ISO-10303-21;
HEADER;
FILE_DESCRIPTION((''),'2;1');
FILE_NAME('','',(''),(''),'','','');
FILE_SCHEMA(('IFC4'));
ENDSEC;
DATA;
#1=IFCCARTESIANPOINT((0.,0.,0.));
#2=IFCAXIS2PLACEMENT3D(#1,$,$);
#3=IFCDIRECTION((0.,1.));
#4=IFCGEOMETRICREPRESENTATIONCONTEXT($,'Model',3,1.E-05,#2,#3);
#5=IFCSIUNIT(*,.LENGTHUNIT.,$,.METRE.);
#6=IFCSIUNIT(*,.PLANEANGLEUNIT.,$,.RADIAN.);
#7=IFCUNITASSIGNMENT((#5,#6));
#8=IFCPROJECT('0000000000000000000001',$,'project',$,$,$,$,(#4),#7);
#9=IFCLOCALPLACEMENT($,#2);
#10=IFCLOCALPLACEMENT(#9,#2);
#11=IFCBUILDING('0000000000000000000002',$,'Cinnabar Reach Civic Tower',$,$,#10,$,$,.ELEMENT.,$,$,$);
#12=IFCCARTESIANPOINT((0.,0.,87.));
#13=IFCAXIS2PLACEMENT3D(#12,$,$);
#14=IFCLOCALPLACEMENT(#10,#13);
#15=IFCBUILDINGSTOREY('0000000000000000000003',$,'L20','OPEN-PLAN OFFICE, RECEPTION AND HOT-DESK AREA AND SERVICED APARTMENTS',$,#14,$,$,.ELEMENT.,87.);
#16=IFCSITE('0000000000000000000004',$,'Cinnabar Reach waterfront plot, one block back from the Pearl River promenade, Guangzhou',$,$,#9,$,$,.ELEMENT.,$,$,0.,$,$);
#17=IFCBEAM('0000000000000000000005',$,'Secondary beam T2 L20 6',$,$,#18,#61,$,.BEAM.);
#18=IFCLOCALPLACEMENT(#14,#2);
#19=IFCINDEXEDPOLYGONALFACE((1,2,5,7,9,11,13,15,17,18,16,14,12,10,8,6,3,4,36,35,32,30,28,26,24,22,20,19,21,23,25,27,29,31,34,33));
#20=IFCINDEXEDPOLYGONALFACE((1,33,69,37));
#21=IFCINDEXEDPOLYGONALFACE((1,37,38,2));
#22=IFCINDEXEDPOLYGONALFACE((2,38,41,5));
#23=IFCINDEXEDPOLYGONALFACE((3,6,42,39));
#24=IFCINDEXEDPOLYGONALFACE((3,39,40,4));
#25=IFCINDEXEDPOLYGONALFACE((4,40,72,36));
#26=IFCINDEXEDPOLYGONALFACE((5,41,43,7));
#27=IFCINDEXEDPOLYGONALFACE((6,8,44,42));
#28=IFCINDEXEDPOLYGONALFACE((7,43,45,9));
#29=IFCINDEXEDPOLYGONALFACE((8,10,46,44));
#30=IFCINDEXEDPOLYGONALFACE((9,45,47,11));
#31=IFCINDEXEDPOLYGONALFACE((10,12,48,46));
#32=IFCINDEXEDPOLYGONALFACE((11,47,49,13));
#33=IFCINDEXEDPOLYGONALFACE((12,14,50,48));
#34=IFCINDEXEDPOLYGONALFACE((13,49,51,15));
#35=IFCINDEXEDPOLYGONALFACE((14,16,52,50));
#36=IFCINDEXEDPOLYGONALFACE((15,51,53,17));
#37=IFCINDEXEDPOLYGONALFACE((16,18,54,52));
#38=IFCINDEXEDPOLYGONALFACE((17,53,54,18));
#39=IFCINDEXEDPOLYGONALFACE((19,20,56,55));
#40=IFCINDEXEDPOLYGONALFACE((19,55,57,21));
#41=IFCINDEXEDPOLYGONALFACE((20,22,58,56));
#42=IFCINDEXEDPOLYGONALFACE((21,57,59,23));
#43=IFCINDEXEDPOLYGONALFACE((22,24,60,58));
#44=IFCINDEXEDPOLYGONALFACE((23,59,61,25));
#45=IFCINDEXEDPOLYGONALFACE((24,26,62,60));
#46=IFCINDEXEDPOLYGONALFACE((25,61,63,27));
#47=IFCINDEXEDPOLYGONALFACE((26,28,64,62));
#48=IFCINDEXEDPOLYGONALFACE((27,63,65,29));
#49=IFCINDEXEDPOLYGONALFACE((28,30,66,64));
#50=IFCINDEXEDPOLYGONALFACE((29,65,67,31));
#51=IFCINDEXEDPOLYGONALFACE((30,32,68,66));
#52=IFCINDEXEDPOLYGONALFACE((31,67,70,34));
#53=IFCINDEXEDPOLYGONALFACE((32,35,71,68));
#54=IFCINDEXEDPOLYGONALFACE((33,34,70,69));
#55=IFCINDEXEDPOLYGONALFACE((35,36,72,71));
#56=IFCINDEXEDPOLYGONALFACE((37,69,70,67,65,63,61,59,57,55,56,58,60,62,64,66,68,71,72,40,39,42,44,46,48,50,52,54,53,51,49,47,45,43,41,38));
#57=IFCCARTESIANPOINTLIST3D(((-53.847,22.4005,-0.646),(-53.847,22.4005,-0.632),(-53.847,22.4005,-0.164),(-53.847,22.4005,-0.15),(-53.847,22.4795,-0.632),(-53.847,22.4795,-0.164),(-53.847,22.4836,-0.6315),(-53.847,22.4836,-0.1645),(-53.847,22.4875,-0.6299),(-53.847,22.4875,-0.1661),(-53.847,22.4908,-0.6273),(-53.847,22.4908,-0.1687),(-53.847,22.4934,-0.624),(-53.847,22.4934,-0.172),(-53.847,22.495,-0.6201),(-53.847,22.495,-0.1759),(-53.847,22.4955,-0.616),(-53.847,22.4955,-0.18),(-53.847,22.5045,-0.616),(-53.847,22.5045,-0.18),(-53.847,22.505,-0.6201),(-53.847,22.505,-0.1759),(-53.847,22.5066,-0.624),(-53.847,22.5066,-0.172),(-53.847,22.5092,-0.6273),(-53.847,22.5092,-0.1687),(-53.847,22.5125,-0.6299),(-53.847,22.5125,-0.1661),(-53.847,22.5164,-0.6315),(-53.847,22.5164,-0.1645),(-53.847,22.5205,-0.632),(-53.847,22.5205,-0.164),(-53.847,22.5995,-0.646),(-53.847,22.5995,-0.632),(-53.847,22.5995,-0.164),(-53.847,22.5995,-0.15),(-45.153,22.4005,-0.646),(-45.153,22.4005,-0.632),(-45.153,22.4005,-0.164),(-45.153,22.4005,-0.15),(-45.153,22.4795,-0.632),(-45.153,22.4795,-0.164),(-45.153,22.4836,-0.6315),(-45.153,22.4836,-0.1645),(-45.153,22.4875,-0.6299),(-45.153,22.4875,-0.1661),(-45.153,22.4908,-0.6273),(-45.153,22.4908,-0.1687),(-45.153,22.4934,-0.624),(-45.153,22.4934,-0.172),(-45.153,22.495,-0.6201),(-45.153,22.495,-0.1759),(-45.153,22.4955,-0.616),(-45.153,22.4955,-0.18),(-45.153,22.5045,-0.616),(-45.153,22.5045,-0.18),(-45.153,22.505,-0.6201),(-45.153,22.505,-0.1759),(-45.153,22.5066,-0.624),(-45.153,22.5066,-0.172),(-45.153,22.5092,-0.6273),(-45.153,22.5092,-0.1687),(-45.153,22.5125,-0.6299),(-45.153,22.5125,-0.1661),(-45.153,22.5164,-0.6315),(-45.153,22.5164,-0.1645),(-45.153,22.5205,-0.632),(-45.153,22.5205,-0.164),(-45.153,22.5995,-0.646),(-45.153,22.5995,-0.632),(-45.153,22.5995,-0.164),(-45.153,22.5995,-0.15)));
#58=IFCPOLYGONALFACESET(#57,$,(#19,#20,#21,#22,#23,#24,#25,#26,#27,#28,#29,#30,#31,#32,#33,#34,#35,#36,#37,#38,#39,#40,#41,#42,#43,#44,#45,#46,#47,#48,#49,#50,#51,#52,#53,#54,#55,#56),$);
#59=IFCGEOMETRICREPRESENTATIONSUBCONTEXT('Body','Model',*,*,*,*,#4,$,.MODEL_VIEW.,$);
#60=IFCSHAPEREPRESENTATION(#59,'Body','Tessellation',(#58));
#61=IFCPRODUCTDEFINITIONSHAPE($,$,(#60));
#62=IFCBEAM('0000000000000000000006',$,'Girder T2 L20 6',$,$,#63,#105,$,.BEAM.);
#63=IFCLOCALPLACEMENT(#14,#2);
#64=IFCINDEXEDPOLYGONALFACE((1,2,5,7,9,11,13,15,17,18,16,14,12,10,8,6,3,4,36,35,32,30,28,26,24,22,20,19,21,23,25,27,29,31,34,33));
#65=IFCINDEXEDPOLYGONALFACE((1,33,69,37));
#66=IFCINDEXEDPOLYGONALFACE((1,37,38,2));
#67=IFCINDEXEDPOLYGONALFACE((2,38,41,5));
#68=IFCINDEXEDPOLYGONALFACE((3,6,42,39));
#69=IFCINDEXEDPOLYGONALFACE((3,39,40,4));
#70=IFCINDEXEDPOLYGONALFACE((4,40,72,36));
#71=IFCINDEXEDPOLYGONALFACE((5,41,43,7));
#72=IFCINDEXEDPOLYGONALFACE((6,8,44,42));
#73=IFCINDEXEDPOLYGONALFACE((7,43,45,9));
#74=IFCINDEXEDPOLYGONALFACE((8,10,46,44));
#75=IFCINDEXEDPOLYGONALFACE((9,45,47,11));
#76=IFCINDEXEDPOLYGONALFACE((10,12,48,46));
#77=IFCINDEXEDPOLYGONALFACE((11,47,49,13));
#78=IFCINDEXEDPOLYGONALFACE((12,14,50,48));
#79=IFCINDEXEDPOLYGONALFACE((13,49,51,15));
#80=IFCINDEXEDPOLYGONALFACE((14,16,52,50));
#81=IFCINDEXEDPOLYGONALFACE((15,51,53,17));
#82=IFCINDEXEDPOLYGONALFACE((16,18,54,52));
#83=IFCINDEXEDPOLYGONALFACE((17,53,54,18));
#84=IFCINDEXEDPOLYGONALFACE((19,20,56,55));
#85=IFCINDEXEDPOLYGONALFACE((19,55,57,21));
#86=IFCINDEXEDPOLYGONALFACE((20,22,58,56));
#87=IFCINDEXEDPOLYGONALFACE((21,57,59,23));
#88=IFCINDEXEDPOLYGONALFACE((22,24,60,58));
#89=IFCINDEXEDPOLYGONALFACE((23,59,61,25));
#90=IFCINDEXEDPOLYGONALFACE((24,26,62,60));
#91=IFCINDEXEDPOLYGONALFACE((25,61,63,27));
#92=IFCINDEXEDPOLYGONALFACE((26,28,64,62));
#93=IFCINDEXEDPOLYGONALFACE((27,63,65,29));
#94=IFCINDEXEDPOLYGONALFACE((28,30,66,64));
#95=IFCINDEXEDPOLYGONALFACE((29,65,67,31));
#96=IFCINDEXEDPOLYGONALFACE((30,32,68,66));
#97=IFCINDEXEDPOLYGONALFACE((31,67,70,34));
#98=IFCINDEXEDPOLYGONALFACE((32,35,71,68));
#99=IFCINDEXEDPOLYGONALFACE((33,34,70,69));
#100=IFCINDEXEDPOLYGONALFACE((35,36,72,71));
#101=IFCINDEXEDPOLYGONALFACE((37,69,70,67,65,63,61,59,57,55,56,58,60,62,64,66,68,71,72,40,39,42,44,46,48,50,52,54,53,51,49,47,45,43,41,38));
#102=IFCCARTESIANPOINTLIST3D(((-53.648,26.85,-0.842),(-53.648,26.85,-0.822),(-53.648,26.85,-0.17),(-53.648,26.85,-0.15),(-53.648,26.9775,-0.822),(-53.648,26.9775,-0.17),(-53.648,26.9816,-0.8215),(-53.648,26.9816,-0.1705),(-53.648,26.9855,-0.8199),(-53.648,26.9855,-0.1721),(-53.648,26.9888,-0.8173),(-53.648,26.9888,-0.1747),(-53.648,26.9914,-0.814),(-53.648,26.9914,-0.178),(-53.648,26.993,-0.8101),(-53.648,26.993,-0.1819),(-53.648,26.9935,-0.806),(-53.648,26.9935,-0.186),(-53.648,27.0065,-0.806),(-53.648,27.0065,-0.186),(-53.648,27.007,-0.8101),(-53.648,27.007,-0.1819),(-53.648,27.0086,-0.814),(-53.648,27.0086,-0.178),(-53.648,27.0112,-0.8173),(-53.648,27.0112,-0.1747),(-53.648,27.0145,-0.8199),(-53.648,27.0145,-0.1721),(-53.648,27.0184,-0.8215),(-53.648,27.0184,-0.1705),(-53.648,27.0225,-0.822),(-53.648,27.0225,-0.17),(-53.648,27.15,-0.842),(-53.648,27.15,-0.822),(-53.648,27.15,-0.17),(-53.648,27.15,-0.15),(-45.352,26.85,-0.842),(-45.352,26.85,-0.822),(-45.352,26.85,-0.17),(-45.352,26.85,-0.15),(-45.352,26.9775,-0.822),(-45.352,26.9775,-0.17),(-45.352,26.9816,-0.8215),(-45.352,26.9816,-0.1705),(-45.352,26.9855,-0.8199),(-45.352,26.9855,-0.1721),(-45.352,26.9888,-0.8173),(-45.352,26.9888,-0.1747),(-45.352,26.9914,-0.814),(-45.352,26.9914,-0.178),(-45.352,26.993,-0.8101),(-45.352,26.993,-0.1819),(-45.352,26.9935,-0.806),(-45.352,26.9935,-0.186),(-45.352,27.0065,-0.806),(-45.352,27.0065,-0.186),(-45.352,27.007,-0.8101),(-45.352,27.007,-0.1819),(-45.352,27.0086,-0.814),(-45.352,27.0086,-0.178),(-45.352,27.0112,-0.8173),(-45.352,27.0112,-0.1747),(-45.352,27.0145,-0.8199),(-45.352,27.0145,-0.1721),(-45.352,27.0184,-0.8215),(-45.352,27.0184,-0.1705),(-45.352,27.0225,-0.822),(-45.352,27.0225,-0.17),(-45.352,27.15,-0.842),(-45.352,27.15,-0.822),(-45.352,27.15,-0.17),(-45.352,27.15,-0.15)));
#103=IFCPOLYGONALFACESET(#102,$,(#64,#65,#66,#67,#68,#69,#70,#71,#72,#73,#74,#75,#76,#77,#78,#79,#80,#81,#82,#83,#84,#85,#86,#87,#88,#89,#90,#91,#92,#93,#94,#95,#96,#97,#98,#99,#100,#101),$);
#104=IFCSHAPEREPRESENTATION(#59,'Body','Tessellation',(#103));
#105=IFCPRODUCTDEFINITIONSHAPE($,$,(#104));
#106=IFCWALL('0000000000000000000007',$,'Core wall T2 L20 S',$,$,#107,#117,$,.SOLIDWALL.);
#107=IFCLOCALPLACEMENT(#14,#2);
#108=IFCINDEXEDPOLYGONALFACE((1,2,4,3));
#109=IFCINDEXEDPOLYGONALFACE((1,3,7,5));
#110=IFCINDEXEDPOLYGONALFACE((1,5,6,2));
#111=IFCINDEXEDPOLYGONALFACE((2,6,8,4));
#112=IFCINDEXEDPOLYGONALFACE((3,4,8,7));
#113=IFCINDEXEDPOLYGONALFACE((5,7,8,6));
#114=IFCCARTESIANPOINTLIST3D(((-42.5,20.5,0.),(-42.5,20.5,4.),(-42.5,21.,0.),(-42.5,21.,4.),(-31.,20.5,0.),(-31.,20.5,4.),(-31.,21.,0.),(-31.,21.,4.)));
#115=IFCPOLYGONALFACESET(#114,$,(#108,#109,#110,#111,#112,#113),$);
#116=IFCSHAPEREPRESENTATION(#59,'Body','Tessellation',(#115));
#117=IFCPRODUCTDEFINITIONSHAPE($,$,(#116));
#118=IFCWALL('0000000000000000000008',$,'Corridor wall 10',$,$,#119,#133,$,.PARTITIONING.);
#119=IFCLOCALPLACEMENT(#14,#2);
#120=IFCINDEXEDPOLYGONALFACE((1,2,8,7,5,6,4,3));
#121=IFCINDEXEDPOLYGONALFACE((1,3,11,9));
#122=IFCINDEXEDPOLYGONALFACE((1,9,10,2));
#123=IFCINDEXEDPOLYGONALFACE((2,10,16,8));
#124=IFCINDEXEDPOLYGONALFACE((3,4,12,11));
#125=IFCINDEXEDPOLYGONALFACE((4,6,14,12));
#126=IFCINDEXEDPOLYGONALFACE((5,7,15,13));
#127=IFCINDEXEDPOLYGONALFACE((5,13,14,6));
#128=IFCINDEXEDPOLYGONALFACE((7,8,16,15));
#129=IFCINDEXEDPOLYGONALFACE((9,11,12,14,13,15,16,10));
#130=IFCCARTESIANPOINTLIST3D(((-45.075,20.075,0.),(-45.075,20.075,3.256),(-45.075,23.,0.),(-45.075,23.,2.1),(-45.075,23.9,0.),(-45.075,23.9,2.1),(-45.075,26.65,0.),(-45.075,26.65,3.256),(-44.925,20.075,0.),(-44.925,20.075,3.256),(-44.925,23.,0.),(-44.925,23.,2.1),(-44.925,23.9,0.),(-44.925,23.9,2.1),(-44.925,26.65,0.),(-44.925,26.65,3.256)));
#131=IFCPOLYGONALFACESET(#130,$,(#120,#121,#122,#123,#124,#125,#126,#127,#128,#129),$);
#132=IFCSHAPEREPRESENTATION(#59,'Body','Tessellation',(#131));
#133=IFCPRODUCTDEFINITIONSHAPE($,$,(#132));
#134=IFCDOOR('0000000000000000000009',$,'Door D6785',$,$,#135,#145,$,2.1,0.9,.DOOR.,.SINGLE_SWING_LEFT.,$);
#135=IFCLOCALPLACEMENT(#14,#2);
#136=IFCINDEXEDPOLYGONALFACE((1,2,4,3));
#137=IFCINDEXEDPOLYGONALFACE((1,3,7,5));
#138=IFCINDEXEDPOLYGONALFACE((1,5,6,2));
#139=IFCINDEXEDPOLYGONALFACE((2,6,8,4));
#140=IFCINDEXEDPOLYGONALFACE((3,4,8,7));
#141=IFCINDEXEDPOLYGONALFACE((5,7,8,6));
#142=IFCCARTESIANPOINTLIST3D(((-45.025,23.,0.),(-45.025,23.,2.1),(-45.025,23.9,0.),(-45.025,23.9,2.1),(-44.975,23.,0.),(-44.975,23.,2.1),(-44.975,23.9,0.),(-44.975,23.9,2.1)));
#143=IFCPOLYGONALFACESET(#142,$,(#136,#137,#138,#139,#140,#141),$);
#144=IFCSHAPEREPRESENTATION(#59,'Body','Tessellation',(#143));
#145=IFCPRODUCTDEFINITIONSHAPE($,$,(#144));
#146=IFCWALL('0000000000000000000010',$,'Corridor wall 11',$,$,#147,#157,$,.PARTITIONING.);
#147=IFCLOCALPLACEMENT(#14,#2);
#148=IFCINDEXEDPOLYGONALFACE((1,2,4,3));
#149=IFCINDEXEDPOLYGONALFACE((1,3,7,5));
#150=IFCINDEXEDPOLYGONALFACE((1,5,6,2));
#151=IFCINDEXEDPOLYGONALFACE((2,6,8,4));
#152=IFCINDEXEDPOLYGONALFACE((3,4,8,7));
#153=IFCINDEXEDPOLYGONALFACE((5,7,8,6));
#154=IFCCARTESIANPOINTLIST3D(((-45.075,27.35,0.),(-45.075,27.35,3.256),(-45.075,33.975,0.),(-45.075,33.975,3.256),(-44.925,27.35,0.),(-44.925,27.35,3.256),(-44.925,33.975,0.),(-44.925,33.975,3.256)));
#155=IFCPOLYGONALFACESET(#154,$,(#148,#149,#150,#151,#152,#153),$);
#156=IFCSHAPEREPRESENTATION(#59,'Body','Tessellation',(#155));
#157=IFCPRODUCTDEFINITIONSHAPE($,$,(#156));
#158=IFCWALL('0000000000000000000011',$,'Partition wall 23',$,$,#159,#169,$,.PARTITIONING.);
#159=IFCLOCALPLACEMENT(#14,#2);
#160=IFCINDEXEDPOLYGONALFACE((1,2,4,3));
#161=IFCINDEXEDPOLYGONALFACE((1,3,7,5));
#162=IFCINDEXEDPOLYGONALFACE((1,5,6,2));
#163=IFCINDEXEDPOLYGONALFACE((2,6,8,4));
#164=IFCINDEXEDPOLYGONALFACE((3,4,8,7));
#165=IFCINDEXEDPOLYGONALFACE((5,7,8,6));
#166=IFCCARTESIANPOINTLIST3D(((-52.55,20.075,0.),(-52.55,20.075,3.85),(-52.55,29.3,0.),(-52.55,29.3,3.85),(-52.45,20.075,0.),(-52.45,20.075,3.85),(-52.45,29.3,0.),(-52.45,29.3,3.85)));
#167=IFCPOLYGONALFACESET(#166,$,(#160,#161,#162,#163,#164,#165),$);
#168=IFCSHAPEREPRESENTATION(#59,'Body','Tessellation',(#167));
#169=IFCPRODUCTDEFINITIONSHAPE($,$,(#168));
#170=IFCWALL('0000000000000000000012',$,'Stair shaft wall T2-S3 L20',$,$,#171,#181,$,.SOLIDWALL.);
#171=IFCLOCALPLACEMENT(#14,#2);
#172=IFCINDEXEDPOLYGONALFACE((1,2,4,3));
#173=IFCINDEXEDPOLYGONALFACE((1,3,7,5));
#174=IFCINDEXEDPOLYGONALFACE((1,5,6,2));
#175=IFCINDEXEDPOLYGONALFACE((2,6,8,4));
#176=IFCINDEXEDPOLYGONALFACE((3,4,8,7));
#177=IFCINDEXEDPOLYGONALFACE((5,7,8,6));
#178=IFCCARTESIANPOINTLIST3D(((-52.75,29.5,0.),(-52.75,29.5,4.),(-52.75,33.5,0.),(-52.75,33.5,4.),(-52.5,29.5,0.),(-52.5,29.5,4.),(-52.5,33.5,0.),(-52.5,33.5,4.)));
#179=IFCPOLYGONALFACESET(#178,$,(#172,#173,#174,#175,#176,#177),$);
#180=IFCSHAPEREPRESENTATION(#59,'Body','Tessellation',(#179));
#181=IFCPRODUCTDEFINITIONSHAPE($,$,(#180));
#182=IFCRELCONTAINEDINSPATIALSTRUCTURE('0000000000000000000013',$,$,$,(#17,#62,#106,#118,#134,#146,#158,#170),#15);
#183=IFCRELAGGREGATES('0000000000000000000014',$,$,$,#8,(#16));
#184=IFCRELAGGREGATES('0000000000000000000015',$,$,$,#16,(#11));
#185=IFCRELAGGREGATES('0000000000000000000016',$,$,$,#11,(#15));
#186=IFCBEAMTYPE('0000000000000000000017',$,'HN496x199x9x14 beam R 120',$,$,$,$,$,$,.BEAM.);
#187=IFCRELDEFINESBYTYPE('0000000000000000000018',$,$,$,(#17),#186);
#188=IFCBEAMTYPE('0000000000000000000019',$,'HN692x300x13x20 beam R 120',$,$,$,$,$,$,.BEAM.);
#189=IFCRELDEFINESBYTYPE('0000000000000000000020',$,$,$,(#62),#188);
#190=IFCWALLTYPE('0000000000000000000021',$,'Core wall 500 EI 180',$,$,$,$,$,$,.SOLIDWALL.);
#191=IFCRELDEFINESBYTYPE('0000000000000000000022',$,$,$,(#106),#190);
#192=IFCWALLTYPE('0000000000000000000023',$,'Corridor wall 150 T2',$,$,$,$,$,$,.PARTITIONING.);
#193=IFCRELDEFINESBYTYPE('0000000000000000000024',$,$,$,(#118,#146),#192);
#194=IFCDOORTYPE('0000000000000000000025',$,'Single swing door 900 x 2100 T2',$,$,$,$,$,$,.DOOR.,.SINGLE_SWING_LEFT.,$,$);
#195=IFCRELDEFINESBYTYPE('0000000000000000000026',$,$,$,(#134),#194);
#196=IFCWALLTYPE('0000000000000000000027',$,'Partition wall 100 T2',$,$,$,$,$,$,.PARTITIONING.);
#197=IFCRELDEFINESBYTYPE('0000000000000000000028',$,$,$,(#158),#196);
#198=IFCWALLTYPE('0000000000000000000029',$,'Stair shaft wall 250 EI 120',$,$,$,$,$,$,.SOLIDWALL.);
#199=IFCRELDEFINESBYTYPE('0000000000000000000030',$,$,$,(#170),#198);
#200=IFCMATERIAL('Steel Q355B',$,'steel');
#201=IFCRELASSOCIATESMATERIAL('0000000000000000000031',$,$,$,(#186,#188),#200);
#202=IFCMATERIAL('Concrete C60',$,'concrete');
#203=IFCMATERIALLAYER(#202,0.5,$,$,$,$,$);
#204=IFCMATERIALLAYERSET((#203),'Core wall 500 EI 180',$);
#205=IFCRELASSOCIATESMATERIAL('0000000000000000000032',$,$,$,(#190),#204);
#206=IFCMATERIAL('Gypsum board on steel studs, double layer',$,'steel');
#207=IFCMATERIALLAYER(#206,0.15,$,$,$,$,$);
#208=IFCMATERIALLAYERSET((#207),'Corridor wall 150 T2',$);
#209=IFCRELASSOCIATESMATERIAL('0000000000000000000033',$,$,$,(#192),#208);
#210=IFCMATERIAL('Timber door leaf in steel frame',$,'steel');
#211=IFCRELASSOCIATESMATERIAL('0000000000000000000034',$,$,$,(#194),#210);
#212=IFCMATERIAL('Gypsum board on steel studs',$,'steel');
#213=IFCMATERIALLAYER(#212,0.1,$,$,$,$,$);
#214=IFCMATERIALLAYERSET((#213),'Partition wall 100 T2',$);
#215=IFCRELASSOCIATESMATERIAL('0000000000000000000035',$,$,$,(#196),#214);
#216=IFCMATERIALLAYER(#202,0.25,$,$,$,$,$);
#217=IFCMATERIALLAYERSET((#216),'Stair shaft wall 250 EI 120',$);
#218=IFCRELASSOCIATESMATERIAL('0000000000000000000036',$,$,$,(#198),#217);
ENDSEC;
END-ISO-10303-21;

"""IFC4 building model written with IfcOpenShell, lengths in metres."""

from ifc_helpers import new_model, si_unit, direction, frame, frame_2d, origin, origin_2d, place, context, subcontext, project, spatial, rectangle, i_section, extrude, material, layer, layer_set, material_profile, profile_set, type_object, element, fill, save


model = new_model("IFC4")

# Units and contexts
model_context = context("Model", 3, precision=1e-05, world=origin(), true_north=direction((0.0, 1.0)))
body_context = subcontext(model_context, "Body", "Model", "MODEL_VIEW")
ifc_project = project(units=[si_unit("LENGTHUNIT", "METRE"), si_unit("PLANEANGLEUNIT", "RADIAN")], contexts=[model_context])

# Site, building, storey
site_placement = place(None, origin())
site = spatial("IfcSite", under=ifc_project, at=site_placement, Name="Cinnabar Reach waterfront plot, one block back from the Pearl River promenade, Guangzhou", CompositionType="ELEMENT", RefElevation=0.0)
building_placement = place(site_placement, origin())
building = spatial("IfcBuilding", under=site, at=building_placement, Name="Cinnabar Reach Civic Tower", CompositionType="ELEMENT")
storey_placement = place(building_placement, frame((0.0, 0.0, 87.0)))
storey = spatial("IfcBuildingStorey", under=building, at=storey_placement, Name="L20", Description="OPEN-PLAN OFFICE, RECEPTION AND HOT-DESK AREA AND SERVICED APARTMENTS", CompositionType="ELEMENT", Elevation=87.0)

# Shared definitions
ifc_material_1 = material(Name="Concrete C60", Category="concrete")

# Beams
ifc_material_2 = material(Name="Steel Q355B", Category="steel")
ifc_material_profile_1 = material_profile(ifc_material_2, i_section(OverallWidth=0.199, OverallDepth=0.496, WebThickness=0.009, FlangeThickness=0.014, FilletRadius=0.016, at=origin_2d()), Name="HN496x199x9x14")
ifc_profile_set_1 = profile_set([ifc_material_profile_1], Name="Steel Q355B")
beam_type_1 = type_object("IfcBeamType", Name="HN496x199x9x14 beam R 120", PredefinedType="BEAM", material=ifc_profile_set_1)
beam_1_placement = place(storey_placement, frame((-53.847, 22.5, -0.398), z_axis=(1.0, 0.0, 0.0), x_axis=(0.0, 1.0, 0.0)))
element("IfcBeam", 1, at=beam_1_placement, inside=storey, type_object=beam_type_1, Name="Secondary beam T2 L20 6", PredefinedType="BEAM", context=body_context, shape_type="SweptSolid", body=[
    extrude(i_section(OverallWidth=0.199, OverallDepth=0.496, WebThickness=0.009, FlangeThickness=0.014, FilletRadius=0.016, at=origin_2d()), origin(), (0.0, 0.0, 1.0), 8.694),
])
ifc_material_profile_2 = material_profile(ifc_material_2, i_section(OverallWidth=0.3, OverallDepth=0.692, WebThickness=0.013, FlangeThickness=0.02, FilletRadius=0.016, at=origin_2d()), Name="HN692x300x13x20")
ifc_profile_set_2 = profile_set([ifc_material_profile_2], Name="Steel Q355B")
beam_type_2 = type_object("IfcBeamType", Name="HN692x300x13x20 beam R 120", PredefinedType="BEAM", material=ifc_profile_set_2)
beam_2_placement = place(storey_placement, frame((-53.648, 27.0, -0.496), z_axis=(1.0, 0.0, 0.0), x_axis=(0.0, 1.0, 0.0)))
element("IfcBeam", 2, at=beam_2_placement, inside=storey, type_object=beam_type_2, Name="Girder T2 L20 6", PredefinedType="BEAM", context=body_context, shape_type="SweptSolid", body=[
    extrude(i_section(OverallWidth=0.3, OverallDepth=0.692, WebThickness=0.013, FlangeThickness=0.02, FilletRadius=0.016, at=origin_2d()), origin(), (0.0, 0.0, 1.0), 8.296),
])

# Wall
ifc_layer_1 = layer(ifc_material_1, 0.5)
ifc_layer_set_1 = layer_set([ifc_layer_1], Name="Core wall 500 EI 180")
wall_type_1 = type_object("IfcWallType", Name="Core wall 500 EI 180", PredefinedType="SOLIDWALL", material=ifc_layer_set_1)
wall_1_placement = place(storey_placement, frame((-42.5, 20.75, 0.0), z_axis=(0.0, 0.0, 1.0), x_axis=(1.0, 0.0, 0.0)))
element("IfcWall", 3, at=wall_1_placement, inside=storey, type_object=wall_type_1, Name="Core wall T2 L20 S", PredefinedType="SOLIDWALL", context=body_context, shape_type="SweptSolid", body=[
    extrude(rectangle(XDim=11.5, YDim=0.5, at=frame_2d((5.75, 0.0))), origin(), (0.0, 0.0, 1.0), 4.0),
])

# Wall, opening, door
ifc_material_3 = material(Name="Gypsum board on steel studs, double layer", Category="steel")
ifc_layer_2 = layer(ifc_material_3, 0.15)
ifc_layer_set_2 = layer_set([ifc_layer_2], Name="Corridor wall 150 T2")
wall_type_2 = type_object("IfcWallType", Name="Corridor wall 150 T2", PredefinedType="PARTITIONING", material=ifc_layer_set_2)
wall_2_placement = place(storey_placement, frame((-45.0, 20.075, 0.0), z_axis=(0.0, 0.0, 1.0), x_axis=(0.0, 1.0, 0.0)))
wall_2 = element("IfcWall", 4, at=wall_2_placement, inside=storey, type_object=wall_type_2, Name="Corridor wall 10", PredefinedType="PARTITIONING", context=body_context, shape_type="SweptSolid", body=[
    extrude(rectangle(XDim=6.575, YDim=0.15, at=frame_2d((3.2875, 0.0))), origin(), (0.0, 0.0, 1.0), 3.256),
])
opening_1_placement = place(wall_2_placement, frame((2.925, 0.0, 0.0)))
opening_1 = element("IfcOpeningElement", 5, at=opening_1_placement, cuts=wall_2, PredefinedType="OPENING", context=body_context, shape_type="SweptSolid", body=[
    extrude(rectangle(XDim=0.9, YDim=2.1, at=frame_2d((0.45, 1.05))), frame((0.0, 0.085, 0.0), z_axis=(0.0, -1.0, 0.0), x_axis=(1.0, 0.0, 0.0)), (0.0, 0.0, 1.0), 0.17),
])
ifc_material_4 = material(Name="Timber door leaf in steel frame", Category="steel")
door_type_1 = type_object("IfcDoorType", Name="Single swing door 900 x 2100 T2", OperationType="SINGLE_SWING_LEFT", PredefinedType="DOOR", material=ifc_material_4)
door_1_placement = place(opening_1_placement, origin())
door_1 = element("IfcDoor", 6, at=door_1_placement, inside=storey, type_object=door_type_1, Name="Door D6785", OperationType="SINGLE_SWING_LEFT", OverallHeight=2.1, OverallWidth=0.9, PredefinedType="DOOR", context=body_context, shape_type="SweptSolid", body=[
    extrude(rectangle(XDim=0.9, YDim=2.1, at=frame_2d((0.45, 1.05))), frame((0.0, 0.025, 0.0), z_axis=(0.0, -1.0, 0.0), x_axis=(1.0, 0.0, 0.0)), (0.0, 0.0, 1.0), 0.05),
])
fill(opening_1, door_1)

# Walls
wall_3_placement = place(storey_placement, frame((-45.0, 27.35, 0.0), z_axis=(0.0, 0.0, 1.0), x_axis=(0.0, 1.0, 0.0)))
element("IfcWall", 7, at=wall_3_placement, inside=storey, type_object=wall_type_2, Name="Corridor wall 11", PredefinedType="PARTITIONING", context=body_context, shape_type="SweptSolid", body=[
    extrude(rectangle(XDim=6.625, YDim=0.15, at=frame_2d((3.3125, 0.0))), origin(), (0.0, 0.0, 1.0), 3.256),
])
ifc_material_5 = material(Name="Gypsum board on steel studs", Category="steel")
ifc_layer_3 = layer(ifc_material_5, 0.1)
ifc_layer_set_3 = layer_set([ifc_layer_3], Name="Partition wall 100 T2")
wall_type_3 = type_object("IfcWallType", Name="Partition wall 100 T2", PredefinedType="PARTITIONING", material=ifc_layer_set_3)
wall_4_placement = place(storey_placement, frame((-52.5, 20.075, 0.0), z_axis=(0.0, 0.0, 1.0), x_axis=(0.0, 1.0, 0.0)))
element("IfcWall", 8, at=wall_4_placement, inside=storey, type_object=wall_type_3, Name="Partition wall 23", PredefinedType="PARTITIONING", context=body_context, shape_type="SweptSolid", body=[
    extrude(rectangle(XDim=9.225, YDim=0.1, at=frame_2d((4.6125, 0.0))), origin(), (0.0, 0.0, 1.0), 3.85),
])
ifc_layer_4 = layer(ifc_material_1, 0.25)
ifc_layer_set_4 = layer_set([ifc_layer_4], Name="Stair shaft wall 250 EI 120")
wall_type_4 = type_object("IfcWallType", Name="Stair shaft wall 250 EI 120", PredefinedType="SOLIDWALL", material=ifc_layer_set_4)
wall_5_placement = place(storey_placement, frame((-52.625, 29.5, 0.0), z_axis=(0.0, 0.0, 1.0), x_axis=(0.0, 1.0, 0.0)))
element("IfcWall", 9, at=wall_5_placement, inside=storey, type_object=wall_type_4, Name="Stair shaft wall T2-S3 L20", PredefinedType="SOLIDWALL", context=body_context, shape_type="SweptSolid", body=[
    extrude(rectangle(XDim=4.0, YDim=0.25, at=frame_2d((2.0, 0.0))), origin(), (0.0, 0.0, 1.0), 4.0),
])

save(model, "model.ifc")
